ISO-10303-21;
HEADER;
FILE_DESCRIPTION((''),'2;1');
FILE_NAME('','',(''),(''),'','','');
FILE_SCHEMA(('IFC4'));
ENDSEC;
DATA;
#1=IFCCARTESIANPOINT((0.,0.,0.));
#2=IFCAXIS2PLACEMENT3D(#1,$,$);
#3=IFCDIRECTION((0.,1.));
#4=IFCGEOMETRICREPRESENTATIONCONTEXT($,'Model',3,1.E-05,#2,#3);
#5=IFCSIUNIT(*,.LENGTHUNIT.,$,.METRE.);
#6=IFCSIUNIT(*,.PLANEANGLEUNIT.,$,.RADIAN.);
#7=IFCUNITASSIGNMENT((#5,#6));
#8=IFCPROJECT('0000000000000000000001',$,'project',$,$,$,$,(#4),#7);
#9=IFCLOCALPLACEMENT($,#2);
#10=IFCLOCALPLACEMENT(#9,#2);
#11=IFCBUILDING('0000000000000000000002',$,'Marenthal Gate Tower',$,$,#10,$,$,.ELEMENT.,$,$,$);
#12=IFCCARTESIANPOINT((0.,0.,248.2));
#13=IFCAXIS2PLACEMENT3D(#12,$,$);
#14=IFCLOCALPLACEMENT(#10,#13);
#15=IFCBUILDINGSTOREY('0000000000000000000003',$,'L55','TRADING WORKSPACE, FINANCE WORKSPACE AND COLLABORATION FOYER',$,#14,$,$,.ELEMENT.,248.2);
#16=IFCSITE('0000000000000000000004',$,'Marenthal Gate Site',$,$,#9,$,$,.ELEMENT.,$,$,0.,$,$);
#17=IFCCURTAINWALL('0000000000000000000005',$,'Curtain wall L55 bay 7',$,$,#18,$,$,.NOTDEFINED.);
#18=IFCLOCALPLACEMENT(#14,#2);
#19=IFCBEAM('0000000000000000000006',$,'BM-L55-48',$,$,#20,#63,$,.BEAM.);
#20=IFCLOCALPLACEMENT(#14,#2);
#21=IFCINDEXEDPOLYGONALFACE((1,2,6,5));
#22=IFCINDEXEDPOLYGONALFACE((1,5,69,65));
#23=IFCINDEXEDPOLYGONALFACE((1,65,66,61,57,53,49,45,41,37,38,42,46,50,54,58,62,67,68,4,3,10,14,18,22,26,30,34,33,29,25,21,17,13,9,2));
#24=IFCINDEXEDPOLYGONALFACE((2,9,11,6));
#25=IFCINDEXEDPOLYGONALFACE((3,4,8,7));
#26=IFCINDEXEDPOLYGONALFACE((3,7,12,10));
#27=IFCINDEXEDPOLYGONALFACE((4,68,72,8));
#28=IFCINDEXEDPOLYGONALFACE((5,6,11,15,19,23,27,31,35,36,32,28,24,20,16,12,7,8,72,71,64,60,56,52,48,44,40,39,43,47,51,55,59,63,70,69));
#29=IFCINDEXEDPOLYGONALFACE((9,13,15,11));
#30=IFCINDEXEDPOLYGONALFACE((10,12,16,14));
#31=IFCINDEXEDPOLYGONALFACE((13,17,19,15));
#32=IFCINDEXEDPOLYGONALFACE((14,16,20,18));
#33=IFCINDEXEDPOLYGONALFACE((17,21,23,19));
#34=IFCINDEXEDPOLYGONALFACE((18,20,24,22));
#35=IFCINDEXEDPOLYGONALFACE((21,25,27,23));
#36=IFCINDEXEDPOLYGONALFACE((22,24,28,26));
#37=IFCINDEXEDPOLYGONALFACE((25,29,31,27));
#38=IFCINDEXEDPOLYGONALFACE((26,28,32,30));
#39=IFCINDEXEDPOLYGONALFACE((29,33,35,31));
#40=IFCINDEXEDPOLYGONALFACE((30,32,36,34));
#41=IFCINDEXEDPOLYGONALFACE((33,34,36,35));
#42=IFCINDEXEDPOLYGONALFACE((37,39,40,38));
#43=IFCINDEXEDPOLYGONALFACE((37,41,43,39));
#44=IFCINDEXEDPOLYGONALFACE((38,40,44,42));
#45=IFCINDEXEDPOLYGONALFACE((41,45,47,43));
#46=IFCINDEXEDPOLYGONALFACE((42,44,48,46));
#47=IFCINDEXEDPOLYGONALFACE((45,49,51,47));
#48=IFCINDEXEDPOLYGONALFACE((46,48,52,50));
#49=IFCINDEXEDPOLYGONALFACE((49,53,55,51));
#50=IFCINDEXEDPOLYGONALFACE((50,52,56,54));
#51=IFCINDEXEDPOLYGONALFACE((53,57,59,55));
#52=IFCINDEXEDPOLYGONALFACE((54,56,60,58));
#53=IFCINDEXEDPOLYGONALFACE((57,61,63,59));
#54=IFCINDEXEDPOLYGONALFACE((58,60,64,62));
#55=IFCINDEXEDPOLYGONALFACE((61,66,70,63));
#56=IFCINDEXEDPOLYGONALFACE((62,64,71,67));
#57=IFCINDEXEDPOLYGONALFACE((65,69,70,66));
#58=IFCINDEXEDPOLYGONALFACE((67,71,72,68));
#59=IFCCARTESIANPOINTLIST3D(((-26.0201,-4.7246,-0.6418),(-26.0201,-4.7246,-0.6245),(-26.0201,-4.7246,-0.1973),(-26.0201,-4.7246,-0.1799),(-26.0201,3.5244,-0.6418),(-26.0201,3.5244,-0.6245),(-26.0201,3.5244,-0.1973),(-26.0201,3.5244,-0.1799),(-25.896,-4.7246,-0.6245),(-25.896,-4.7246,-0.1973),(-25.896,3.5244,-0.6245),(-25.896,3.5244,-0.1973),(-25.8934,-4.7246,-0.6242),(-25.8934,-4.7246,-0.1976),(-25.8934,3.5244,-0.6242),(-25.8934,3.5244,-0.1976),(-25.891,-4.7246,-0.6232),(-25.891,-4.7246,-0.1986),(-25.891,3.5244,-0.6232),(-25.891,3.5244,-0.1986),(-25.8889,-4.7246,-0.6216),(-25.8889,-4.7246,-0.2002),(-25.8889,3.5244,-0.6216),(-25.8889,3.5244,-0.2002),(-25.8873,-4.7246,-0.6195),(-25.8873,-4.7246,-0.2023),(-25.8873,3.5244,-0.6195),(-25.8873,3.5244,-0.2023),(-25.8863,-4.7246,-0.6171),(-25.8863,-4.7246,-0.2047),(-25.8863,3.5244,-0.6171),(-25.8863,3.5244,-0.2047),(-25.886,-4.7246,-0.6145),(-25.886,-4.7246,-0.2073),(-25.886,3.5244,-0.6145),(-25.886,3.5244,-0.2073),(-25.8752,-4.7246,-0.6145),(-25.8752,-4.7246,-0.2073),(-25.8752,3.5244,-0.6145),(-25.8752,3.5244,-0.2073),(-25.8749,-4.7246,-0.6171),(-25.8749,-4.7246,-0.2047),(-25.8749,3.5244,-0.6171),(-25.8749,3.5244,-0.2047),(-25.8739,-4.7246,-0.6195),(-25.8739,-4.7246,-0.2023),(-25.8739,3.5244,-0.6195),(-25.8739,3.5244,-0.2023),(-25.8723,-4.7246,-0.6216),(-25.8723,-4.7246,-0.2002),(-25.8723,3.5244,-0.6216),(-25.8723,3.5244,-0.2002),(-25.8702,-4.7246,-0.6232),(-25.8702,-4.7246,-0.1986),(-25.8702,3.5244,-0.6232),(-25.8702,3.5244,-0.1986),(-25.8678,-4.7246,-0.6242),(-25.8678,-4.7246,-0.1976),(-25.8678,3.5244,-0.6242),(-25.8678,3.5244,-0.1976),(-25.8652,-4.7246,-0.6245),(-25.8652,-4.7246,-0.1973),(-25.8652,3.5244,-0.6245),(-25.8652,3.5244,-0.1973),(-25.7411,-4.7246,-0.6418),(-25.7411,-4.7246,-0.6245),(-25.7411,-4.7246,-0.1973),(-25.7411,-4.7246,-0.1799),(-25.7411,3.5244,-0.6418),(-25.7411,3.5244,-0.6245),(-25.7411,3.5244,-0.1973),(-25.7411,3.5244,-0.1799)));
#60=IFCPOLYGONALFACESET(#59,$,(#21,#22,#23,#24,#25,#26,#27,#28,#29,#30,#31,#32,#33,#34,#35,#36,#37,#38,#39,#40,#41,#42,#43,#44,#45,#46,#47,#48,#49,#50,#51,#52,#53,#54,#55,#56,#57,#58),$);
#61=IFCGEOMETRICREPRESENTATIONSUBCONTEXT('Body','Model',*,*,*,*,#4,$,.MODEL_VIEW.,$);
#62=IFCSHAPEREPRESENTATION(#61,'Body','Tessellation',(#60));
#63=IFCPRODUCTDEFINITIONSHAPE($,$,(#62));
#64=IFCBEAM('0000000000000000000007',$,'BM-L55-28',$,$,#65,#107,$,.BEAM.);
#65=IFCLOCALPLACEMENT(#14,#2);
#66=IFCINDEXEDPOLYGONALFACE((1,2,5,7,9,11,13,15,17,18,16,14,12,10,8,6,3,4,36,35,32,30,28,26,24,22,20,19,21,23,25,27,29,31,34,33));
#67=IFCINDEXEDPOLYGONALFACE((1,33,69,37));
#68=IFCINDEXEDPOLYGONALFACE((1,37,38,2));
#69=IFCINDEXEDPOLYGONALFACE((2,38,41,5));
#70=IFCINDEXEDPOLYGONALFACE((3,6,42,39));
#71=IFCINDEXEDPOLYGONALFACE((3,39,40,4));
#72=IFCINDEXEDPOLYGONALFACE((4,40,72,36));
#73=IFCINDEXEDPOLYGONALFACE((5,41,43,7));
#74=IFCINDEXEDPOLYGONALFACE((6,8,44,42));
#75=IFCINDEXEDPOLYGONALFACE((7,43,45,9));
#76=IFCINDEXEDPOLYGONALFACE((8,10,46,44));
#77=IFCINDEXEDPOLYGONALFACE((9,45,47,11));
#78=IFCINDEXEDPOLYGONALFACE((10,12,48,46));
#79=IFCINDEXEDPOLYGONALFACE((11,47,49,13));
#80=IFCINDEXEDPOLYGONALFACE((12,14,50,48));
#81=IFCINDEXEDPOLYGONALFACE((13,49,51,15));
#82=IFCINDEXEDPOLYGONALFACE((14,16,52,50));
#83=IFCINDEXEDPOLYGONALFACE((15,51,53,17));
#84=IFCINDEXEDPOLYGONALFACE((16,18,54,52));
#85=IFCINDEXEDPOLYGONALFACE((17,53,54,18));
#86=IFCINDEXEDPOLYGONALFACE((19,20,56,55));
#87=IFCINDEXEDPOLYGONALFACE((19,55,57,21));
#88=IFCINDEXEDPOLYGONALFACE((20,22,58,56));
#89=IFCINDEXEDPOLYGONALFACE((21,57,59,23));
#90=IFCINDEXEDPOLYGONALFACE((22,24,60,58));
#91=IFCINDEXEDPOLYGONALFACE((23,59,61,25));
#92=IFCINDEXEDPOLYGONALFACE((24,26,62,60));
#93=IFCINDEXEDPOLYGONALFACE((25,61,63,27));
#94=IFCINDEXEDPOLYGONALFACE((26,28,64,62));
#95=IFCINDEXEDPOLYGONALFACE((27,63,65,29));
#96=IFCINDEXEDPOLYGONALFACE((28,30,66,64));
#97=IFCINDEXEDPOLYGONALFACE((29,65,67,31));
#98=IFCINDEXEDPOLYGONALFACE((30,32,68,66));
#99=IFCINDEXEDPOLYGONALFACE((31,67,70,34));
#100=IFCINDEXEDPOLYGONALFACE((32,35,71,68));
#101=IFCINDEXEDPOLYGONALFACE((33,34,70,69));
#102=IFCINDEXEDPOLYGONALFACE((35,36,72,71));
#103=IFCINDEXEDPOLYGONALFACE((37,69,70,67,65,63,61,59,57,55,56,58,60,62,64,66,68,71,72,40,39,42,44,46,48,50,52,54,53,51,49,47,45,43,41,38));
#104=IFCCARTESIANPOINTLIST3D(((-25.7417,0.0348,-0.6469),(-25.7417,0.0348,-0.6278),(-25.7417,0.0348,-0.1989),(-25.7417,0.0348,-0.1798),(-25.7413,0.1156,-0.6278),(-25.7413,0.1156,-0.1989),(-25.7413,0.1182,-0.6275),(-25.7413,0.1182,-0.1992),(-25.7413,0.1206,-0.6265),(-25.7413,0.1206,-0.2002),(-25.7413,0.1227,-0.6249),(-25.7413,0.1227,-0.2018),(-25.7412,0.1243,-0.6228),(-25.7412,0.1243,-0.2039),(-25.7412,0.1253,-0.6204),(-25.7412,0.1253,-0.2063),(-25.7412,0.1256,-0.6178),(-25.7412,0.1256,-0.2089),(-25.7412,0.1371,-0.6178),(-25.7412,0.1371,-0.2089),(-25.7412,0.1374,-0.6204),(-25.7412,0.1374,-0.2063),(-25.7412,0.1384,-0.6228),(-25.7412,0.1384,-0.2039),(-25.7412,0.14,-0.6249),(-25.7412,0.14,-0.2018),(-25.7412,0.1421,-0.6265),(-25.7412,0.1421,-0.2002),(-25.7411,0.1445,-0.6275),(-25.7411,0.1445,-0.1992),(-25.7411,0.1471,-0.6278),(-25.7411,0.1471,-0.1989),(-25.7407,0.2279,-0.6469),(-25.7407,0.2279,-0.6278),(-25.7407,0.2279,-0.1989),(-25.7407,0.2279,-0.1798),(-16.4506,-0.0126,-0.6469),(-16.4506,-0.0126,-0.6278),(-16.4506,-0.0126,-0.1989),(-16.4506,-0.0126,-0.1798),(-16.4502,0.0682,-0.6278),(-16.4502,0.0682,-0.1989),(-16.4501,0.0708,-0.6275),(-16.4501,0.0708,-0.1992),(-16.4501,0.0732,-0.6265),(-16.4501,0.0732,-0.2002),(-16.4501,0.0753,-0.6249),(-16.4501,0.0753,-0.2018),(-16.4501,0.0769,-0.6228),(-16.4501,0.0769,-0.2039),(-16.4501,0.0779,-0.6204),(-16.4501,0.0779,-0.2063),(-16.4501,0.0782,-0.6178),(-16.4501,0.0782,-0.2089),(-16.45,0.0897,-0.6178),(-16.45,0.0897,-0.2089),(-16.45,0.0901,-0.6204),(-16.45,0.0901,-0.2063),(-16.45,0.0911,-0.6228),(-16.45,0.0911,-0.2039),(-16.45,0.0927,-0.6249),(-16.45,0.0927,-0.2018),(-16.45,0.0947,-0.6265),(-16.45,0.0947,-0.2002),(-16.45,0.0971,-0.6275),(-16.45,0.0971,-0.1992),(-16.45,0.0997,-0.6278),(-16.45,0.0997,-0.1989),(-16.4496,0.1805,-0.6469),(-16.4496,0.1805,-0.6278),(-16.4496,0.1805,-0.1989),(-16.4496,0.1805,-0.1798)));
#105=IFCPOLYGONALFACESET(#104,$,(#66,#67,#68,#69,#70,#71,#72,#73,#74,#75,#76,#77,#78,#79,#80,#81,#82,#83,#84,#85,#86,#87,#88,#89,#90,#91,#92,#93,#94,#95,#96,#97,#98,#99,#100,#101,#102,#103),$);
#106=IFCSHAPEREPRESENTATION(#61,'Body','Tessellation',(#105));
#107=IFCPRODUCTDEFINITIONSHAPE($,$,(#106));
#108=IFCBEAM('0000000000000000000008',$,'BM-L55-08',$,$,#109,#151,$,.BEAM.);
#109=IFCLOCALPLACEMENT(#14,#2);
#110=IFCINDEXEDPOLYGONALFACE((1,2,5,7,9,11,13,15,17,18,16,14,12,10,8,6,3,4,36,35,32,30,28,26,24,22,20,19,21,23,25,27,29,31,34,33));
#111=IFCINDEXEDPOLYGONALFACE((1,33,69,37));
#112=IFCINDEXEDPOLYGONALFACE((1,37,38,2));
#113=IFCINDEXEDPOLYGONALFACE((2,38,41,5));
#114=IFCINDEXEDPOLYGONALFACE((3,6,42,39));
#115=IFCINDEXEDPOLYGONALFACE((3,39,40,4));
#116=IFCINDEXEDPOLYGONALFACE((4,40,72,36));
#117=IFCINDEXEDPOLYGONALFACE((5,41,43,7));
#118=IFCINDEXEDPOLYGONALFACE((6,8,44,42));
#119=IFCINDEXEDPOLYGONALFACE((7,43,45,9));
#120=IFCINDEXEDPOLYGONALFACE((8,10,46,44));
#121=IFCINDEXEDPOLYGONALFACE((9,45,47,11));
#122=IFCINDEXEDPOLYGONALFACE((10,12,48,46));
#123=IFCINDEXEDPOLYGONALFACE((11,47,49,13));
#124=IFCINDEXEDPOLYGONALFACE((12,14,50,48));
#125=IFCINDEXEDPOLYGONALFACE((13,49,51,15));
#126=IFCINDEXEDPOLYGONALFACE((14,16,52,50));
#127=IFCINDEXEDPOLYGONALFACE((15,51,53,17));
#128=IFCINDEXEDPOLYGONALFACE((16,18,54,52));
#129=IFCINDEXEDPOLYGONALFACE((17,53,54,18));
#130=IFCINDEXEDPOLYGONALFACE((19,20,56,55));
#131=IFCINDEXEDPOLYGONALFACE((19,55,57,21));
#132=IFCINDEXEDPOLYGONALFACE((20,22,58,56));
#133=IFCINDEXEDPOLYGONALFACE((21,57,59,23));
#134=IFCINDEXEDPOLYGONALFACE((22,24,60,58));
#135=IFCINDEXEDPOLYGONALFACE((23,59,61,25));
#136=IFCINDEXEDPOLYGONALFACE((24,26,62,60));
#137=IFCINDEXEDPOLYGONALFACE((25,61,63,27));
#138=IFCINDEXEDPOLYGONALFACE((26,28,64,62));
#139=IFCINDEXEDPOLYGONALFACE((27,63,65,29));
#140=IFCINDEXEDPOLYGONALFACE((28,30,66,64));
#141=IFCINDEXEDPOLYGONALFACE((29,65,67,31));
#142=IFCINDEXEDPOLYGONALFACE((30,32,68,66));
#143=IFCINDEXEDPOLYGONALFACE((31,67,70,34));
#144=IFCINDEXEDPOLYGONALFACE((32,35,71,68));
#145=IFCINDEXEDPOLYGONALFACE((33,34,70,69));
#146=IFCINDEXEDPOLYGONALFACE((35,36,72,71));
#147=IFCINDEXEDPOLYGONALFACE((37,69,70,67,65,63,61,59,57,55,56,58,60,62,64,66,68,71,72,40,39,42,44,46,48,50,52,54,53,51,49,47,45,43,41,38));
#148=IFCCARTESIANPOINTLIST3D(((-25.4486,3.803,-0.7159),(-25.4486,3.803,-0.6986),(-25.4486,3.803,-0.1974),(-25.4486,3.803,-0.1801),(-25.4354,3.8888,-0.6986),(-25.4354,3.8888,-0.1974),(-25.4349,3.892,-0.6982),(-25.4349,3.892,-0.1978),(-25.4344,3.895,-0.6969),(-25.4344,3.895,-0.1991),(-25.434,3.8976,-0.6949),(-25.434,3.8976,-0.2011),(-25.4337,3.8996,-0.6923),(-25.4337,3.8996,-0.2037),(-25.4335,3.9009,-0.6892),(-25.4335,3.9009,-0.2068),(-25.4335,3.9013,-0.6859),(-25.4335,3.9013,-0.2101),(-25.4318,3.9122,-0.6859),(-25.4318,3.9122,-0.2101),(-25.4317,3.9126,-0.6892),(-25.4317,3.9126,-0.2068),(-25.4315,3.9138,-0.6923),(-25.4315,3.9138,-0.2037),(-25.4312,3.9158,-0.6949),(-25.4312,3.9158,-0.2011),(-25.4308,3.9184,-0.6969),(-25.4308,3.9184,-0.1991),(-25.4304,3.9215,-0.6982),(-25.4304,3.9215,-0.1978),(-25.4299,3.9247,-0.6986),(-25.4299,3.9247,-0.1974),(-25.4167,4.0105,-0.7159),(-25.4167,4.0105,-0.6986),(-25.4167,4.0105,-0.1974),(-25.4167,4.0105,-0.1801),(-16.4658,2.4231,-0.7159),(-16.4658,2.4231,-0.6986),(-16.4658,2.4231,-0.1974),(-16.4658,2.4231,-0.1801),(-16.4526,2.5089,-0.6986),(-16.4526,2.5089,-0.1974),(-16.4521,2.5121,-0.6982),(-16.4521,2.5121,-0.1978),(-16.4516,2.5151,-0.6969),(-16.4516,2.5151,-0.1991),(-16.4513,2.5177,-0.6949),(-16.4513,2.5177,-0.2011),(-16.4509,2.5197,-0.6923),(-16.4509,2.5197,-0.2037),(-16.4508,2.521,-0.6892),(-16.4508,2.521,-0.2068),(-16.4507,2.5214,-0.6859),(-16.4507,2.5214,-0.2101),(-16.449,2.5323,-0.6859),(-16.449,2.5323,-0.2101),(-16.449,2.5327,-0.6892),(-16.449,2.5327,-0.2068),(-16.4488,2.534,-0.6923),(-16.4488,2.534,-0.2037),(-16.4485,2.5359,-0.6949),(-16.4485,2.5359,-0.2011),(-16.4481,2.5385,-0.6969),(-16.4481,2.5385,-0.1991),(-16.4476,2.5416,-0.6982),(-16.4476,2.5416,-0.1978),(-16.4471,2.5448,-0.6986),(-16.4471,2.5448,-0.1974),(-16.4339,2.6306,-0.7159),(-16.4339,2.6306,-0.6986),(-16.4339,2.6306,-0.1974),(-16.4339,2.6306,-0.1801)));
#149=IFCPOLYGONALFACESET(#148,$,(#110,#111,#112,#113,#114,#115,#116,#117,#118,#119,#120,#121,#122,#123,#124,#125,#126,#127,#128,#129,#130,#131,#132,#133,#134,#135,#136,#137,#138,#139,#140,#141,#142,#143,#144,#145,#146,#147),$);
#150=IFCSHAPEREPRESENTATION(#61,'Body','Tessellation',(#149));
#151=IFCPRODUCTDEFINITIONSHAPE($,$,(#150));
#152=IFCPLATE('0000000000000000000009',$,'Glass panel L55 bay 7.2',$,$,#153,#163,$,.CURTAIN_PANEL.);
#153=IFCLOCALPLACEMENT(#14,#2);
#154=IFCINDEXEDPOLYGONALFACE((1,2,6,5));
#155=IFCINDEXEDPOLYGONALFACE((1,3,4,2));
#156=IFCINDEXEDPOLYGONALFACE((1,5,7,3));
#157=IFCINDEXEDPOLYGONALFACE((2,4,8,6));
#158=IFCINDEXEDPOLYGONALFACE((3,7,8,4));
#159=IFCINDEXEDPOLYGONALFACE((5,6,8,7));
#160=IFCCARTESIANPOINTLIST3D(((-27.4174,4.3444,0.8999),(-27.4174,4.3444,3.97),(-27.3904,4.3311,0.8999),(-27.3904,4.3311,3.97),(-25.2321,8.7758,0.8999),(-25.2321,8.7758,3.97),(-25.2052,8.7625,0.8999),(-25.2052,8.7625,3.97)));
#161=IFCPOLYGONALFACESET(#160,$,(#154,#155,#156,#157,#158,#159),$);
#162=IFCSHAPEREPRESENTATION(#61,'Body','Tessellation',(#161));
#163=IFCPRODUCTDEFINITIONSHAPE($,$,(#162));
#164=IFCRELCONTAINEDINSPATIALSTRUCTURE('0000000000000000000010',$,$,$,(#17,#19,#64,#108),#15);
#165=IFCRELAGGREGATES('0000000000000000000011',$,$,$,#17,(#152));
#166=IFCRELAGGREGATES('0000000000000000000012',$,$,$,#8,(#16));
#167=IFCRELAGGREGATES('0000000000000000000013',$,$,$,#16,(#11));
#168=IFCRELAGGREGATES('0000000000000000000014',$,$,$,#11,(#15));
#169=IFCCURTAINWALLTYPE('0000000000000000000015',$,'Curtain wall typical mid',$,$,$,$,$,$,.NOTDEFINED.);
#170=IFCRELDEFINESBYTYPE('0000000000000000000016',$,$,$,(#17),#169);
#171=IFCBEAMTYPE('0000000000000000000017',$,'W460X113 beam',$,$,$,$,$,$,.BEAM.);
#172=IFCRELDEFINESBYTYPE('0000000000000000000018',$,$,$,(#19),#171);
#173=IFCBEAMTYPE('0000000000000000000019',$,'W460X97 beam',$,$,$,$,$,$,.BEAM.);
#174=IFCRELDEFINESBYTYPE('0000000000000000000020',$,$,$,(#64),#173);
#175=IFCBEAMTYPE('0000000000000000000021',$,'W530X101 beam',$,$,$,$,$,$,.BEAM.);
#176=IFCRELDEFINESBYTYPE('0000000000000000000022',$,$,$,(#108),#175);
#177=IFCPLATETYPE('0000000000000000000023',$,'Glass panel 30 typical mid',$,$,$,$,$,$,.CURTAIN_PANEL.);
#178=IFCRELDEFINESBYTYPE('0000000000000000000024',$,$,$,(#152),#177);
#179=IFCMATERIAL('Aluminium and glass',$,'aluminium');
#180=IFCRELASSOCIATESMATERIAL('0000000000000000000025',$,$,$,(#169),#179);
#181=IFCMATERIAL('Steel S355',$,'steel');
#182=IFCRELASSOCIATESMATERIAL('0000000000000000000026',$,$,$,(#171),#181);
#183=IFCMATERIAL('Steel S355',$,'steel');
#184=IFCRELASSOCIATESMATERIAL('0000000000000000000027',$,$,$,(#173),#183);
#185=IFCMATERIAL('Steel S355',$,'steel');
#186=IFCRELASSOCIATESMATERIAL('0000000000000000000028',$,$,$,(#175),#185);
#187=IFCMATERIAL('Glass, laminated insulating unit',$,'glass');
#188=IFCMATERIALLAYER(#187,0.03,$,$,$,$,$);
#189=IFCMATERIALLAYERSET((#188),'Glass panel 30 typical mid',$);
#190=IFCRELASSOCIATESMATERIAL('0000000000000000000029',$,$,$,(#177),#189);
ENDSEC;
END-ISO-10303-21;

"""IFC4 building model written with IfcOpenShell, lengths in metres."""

from ifc_helpers import new_model, si_unit, direction, frame, origin, origin_2d, place, context, subcontext, project, spatial, rectangle, i_section, extrude, material, layer, layer_set, material_profile, profile_set, type_object, element, aggregate, save


model = new_model("IFC4")

# Units and contexts
model_context = context("Model", 3, precision=1e-05, world=origin(), true_north=direction((0.0, 1.0)))
body_context = subcontext(model_context, "Body", "Model", "MODEL_VIEW")
ifc_project = project(units=[si_unit("LENGTHUNIT", "METRE"), si_unit("PLANEANGLEUNIT", "RADIAN")], contexts=[model_context])

# Site, building, storey
site_placement = place(None, origin())
site = spatial("IfcSite", under=ifc_project, at=site_placement, Name="Marenthal Gate Site", CompositionType="ELEMENT", RefElevation=0.0)
building_placement = place(site_placement, origin())
building = spatial("IfcBuilding", under=site, at=building_placement, Name="Marenthal Gate Tower", CompositionType="ELEMENT")
storey_placement = place(building_placement, frame((0.0, 0.0, 248.2)))
storey = spatial("IfcBuildingStorey", under=building, at=storey_placement, Name="L55", Description="TRADING WORKSPACE, FINANCE WORKSPACE AND COLLABORATION FOYER", CompositionType="ELEMENT", Elevation=248.2)

# Curtain wall
ifc_material_1 = material(Name="Aluminium and glass", Category="aluminium")
curtain_wall_type = type_object("IfcCurtainWallType", Name="Curtain wall typical mid", PredefinedType="NOTDEFINED", material=ifc_material_1)
curtain_wall_placement = place(storey_placement, origin())
curtain_wall = element("IfcCurtainWall", 1, at=curtain_wall_placement, inside=storey, type_object=curtain_wall_type, Name="Curtain wall L55 bay 7", PredefinedType="NOTDEFINED")

# Beams
ifc_material_2 = material(Name="Steel S355", Category="steel")
ifc_material_profile_1 = material_profile(ifc_material_2, i_section(OverallWidth=0.2791, OverallDepth=0.4619, WebThickness=0.0107, FlangeThickness=0.0173, FilletRadius=0.01, at=origin_2d()), Name="W460X113")
ifc_profile_set_1 = profile_set([ifc_material_profile_1], Name="Steel S355")
beam_type_1 = type_object("IfcBeamType", Name="W460X113 beam", PredefinedType="BEAM", material=ifc_profile_set_1)
beam_1_placement = place(storey_placement, frame((-25.8806, 3.5244, -0.4109), z_axis=(0.0, -1.0, 0.0), x_axis=(1.0, 0.0, 0.0)))
element("IfcBeam", 2, at=beam_1_placement, inside=storey, type_object=beam_type_1, Name="BM-L55-48", PredefinedType="BEAM", context=body_context, shape_type="SweptSolid", body=[
    extrude(i_section(OverallWidth=0.2791, OverallDepth=0.4619, WebThickness=0.0107, FlangeThickness=0.0173, FilletRadius=0.01, at=origin_2d()), origin(), (0.0, 0.0, 1.0), 8.249),
])
ifc_material_3 = material(Name="Steel S355", Category="steel")
ifc_material_profile_2 = material_profile(ifc_material_3, i_section(OverallWidth=0.1931, OverallDepth=0.467, WebThickness=0.0115, FlangeThickness=0.019, FilletRadius=0.01, at=origin_2d()), Name="W460X97")
ifc_profile_set_2 = profile_set([ifc_material_profile_2], Name="Steel S355")
beam_type_2 = type_object("IfcBeamType", Name="W460X97 beam", PredefinedType="BEAM", material=ifc_profile_set_2)
beam_2_placement = place(storey_placement, frame((-25.7412, 0.1313, -0.4133), z_axis=(0.999987, -0.005098, 0.0), x_axis=(0.005098, 0.999987, 0.0)))
element("IfcBeam", 3, at=beam_2_placement, inside=storey, type_object=beam_type_2, Name="BM-L55-28", PredefinedType="BEAM", context=body_context, shape_type="SweptSolid", body=[
    extrude(i_section(OverallWidth=0.1931, OverallDepth=0.467, WebThickness=0.0115, FlangeThickness=0.019, FilletRadius=0.01, at=origin_2d()), origin(), (0.0, 0.0, 1.0), 9.2913),
])
ifc_material_4 = material(Name="Steel S355", Category="steel")
ifc_material_profile_3 = material_profile(ifc_material_4, i_section(OverallWidth=0.21, OverallDepth=0.5359, WebThickness=0.011, FlangeThickness=0.0173, FilletRadius=0.0127, at=origin_2d()), Name="W530X101")
ifc_profile_set_3 = profile_set([ifc_material_profile_3], Name="Steel S355")
beam_type_3 = type_object("IfcBeamType", Name="W530X101 beam", PredefinedType="BEAM", material=ifc_profile_set_3)
beam_3_placement = place(storey_placement, frame((-25.4326, 3.9067, -0.448), z_axis=(0.988406, -0.151835, 0.0), x_axis=(0.151835, 0.988406, 0.0)))
element("IfcBeam", 4, at=beam_3_placement, inside=storey, type_object=beam_type_3, Name="BM-L55-08", PredefinedType="BEAM", context=body_context, shape_type="SweptSolid", body=[
    extrude(i_section(OverallWidth=0.21, OverallDepth=0.5359, WebThickness=0.011, FlangeThickness=0.0173, FilletRadius=0.0127, at=origin_2d()), origin(), (0.0, 0.0, 1.0), 9.0881),
])

# Plate
ifc_material_5 = material(Name="Glass, laminated insulating unit", Category="glass")
ifc_layer_1 = layer(ifc_material_5, 0.03)
ifc_layer_set_1 = layer_set([ifc_layer_1], Name="Glass panel 30 typical mid")
plate_type = type_object("IfcPlateType", Name="Glass panel 30 typical mid", PredefinedType="CURTAIN_PANEL", material=ifc_layer_set_1)
plate_placement = place(storey_placement, frame((-26.3113, 6.5535, 0.8999), z_axis=(0.0, 0.0, 1.0), x_axis=(-0.442269, -0.896882, 0.0)))
plate = element("IfcPlate", 5, at=plate_placement, type_object=plate_type, Name="Glass panel L55 bay 7.2", PredefinedType="CURTAIN_PANEL", context=body_context, shape_type="SweptSolid", body=[
    extrude(rectangle(XDim=4.9409, YDim=0.03, at=origin_2d()), origin(), (0.0, 0.0, 1.0), 3.0701),
])
aggregate(curtain_wall, [plate])

save(model, "model.ifc")
